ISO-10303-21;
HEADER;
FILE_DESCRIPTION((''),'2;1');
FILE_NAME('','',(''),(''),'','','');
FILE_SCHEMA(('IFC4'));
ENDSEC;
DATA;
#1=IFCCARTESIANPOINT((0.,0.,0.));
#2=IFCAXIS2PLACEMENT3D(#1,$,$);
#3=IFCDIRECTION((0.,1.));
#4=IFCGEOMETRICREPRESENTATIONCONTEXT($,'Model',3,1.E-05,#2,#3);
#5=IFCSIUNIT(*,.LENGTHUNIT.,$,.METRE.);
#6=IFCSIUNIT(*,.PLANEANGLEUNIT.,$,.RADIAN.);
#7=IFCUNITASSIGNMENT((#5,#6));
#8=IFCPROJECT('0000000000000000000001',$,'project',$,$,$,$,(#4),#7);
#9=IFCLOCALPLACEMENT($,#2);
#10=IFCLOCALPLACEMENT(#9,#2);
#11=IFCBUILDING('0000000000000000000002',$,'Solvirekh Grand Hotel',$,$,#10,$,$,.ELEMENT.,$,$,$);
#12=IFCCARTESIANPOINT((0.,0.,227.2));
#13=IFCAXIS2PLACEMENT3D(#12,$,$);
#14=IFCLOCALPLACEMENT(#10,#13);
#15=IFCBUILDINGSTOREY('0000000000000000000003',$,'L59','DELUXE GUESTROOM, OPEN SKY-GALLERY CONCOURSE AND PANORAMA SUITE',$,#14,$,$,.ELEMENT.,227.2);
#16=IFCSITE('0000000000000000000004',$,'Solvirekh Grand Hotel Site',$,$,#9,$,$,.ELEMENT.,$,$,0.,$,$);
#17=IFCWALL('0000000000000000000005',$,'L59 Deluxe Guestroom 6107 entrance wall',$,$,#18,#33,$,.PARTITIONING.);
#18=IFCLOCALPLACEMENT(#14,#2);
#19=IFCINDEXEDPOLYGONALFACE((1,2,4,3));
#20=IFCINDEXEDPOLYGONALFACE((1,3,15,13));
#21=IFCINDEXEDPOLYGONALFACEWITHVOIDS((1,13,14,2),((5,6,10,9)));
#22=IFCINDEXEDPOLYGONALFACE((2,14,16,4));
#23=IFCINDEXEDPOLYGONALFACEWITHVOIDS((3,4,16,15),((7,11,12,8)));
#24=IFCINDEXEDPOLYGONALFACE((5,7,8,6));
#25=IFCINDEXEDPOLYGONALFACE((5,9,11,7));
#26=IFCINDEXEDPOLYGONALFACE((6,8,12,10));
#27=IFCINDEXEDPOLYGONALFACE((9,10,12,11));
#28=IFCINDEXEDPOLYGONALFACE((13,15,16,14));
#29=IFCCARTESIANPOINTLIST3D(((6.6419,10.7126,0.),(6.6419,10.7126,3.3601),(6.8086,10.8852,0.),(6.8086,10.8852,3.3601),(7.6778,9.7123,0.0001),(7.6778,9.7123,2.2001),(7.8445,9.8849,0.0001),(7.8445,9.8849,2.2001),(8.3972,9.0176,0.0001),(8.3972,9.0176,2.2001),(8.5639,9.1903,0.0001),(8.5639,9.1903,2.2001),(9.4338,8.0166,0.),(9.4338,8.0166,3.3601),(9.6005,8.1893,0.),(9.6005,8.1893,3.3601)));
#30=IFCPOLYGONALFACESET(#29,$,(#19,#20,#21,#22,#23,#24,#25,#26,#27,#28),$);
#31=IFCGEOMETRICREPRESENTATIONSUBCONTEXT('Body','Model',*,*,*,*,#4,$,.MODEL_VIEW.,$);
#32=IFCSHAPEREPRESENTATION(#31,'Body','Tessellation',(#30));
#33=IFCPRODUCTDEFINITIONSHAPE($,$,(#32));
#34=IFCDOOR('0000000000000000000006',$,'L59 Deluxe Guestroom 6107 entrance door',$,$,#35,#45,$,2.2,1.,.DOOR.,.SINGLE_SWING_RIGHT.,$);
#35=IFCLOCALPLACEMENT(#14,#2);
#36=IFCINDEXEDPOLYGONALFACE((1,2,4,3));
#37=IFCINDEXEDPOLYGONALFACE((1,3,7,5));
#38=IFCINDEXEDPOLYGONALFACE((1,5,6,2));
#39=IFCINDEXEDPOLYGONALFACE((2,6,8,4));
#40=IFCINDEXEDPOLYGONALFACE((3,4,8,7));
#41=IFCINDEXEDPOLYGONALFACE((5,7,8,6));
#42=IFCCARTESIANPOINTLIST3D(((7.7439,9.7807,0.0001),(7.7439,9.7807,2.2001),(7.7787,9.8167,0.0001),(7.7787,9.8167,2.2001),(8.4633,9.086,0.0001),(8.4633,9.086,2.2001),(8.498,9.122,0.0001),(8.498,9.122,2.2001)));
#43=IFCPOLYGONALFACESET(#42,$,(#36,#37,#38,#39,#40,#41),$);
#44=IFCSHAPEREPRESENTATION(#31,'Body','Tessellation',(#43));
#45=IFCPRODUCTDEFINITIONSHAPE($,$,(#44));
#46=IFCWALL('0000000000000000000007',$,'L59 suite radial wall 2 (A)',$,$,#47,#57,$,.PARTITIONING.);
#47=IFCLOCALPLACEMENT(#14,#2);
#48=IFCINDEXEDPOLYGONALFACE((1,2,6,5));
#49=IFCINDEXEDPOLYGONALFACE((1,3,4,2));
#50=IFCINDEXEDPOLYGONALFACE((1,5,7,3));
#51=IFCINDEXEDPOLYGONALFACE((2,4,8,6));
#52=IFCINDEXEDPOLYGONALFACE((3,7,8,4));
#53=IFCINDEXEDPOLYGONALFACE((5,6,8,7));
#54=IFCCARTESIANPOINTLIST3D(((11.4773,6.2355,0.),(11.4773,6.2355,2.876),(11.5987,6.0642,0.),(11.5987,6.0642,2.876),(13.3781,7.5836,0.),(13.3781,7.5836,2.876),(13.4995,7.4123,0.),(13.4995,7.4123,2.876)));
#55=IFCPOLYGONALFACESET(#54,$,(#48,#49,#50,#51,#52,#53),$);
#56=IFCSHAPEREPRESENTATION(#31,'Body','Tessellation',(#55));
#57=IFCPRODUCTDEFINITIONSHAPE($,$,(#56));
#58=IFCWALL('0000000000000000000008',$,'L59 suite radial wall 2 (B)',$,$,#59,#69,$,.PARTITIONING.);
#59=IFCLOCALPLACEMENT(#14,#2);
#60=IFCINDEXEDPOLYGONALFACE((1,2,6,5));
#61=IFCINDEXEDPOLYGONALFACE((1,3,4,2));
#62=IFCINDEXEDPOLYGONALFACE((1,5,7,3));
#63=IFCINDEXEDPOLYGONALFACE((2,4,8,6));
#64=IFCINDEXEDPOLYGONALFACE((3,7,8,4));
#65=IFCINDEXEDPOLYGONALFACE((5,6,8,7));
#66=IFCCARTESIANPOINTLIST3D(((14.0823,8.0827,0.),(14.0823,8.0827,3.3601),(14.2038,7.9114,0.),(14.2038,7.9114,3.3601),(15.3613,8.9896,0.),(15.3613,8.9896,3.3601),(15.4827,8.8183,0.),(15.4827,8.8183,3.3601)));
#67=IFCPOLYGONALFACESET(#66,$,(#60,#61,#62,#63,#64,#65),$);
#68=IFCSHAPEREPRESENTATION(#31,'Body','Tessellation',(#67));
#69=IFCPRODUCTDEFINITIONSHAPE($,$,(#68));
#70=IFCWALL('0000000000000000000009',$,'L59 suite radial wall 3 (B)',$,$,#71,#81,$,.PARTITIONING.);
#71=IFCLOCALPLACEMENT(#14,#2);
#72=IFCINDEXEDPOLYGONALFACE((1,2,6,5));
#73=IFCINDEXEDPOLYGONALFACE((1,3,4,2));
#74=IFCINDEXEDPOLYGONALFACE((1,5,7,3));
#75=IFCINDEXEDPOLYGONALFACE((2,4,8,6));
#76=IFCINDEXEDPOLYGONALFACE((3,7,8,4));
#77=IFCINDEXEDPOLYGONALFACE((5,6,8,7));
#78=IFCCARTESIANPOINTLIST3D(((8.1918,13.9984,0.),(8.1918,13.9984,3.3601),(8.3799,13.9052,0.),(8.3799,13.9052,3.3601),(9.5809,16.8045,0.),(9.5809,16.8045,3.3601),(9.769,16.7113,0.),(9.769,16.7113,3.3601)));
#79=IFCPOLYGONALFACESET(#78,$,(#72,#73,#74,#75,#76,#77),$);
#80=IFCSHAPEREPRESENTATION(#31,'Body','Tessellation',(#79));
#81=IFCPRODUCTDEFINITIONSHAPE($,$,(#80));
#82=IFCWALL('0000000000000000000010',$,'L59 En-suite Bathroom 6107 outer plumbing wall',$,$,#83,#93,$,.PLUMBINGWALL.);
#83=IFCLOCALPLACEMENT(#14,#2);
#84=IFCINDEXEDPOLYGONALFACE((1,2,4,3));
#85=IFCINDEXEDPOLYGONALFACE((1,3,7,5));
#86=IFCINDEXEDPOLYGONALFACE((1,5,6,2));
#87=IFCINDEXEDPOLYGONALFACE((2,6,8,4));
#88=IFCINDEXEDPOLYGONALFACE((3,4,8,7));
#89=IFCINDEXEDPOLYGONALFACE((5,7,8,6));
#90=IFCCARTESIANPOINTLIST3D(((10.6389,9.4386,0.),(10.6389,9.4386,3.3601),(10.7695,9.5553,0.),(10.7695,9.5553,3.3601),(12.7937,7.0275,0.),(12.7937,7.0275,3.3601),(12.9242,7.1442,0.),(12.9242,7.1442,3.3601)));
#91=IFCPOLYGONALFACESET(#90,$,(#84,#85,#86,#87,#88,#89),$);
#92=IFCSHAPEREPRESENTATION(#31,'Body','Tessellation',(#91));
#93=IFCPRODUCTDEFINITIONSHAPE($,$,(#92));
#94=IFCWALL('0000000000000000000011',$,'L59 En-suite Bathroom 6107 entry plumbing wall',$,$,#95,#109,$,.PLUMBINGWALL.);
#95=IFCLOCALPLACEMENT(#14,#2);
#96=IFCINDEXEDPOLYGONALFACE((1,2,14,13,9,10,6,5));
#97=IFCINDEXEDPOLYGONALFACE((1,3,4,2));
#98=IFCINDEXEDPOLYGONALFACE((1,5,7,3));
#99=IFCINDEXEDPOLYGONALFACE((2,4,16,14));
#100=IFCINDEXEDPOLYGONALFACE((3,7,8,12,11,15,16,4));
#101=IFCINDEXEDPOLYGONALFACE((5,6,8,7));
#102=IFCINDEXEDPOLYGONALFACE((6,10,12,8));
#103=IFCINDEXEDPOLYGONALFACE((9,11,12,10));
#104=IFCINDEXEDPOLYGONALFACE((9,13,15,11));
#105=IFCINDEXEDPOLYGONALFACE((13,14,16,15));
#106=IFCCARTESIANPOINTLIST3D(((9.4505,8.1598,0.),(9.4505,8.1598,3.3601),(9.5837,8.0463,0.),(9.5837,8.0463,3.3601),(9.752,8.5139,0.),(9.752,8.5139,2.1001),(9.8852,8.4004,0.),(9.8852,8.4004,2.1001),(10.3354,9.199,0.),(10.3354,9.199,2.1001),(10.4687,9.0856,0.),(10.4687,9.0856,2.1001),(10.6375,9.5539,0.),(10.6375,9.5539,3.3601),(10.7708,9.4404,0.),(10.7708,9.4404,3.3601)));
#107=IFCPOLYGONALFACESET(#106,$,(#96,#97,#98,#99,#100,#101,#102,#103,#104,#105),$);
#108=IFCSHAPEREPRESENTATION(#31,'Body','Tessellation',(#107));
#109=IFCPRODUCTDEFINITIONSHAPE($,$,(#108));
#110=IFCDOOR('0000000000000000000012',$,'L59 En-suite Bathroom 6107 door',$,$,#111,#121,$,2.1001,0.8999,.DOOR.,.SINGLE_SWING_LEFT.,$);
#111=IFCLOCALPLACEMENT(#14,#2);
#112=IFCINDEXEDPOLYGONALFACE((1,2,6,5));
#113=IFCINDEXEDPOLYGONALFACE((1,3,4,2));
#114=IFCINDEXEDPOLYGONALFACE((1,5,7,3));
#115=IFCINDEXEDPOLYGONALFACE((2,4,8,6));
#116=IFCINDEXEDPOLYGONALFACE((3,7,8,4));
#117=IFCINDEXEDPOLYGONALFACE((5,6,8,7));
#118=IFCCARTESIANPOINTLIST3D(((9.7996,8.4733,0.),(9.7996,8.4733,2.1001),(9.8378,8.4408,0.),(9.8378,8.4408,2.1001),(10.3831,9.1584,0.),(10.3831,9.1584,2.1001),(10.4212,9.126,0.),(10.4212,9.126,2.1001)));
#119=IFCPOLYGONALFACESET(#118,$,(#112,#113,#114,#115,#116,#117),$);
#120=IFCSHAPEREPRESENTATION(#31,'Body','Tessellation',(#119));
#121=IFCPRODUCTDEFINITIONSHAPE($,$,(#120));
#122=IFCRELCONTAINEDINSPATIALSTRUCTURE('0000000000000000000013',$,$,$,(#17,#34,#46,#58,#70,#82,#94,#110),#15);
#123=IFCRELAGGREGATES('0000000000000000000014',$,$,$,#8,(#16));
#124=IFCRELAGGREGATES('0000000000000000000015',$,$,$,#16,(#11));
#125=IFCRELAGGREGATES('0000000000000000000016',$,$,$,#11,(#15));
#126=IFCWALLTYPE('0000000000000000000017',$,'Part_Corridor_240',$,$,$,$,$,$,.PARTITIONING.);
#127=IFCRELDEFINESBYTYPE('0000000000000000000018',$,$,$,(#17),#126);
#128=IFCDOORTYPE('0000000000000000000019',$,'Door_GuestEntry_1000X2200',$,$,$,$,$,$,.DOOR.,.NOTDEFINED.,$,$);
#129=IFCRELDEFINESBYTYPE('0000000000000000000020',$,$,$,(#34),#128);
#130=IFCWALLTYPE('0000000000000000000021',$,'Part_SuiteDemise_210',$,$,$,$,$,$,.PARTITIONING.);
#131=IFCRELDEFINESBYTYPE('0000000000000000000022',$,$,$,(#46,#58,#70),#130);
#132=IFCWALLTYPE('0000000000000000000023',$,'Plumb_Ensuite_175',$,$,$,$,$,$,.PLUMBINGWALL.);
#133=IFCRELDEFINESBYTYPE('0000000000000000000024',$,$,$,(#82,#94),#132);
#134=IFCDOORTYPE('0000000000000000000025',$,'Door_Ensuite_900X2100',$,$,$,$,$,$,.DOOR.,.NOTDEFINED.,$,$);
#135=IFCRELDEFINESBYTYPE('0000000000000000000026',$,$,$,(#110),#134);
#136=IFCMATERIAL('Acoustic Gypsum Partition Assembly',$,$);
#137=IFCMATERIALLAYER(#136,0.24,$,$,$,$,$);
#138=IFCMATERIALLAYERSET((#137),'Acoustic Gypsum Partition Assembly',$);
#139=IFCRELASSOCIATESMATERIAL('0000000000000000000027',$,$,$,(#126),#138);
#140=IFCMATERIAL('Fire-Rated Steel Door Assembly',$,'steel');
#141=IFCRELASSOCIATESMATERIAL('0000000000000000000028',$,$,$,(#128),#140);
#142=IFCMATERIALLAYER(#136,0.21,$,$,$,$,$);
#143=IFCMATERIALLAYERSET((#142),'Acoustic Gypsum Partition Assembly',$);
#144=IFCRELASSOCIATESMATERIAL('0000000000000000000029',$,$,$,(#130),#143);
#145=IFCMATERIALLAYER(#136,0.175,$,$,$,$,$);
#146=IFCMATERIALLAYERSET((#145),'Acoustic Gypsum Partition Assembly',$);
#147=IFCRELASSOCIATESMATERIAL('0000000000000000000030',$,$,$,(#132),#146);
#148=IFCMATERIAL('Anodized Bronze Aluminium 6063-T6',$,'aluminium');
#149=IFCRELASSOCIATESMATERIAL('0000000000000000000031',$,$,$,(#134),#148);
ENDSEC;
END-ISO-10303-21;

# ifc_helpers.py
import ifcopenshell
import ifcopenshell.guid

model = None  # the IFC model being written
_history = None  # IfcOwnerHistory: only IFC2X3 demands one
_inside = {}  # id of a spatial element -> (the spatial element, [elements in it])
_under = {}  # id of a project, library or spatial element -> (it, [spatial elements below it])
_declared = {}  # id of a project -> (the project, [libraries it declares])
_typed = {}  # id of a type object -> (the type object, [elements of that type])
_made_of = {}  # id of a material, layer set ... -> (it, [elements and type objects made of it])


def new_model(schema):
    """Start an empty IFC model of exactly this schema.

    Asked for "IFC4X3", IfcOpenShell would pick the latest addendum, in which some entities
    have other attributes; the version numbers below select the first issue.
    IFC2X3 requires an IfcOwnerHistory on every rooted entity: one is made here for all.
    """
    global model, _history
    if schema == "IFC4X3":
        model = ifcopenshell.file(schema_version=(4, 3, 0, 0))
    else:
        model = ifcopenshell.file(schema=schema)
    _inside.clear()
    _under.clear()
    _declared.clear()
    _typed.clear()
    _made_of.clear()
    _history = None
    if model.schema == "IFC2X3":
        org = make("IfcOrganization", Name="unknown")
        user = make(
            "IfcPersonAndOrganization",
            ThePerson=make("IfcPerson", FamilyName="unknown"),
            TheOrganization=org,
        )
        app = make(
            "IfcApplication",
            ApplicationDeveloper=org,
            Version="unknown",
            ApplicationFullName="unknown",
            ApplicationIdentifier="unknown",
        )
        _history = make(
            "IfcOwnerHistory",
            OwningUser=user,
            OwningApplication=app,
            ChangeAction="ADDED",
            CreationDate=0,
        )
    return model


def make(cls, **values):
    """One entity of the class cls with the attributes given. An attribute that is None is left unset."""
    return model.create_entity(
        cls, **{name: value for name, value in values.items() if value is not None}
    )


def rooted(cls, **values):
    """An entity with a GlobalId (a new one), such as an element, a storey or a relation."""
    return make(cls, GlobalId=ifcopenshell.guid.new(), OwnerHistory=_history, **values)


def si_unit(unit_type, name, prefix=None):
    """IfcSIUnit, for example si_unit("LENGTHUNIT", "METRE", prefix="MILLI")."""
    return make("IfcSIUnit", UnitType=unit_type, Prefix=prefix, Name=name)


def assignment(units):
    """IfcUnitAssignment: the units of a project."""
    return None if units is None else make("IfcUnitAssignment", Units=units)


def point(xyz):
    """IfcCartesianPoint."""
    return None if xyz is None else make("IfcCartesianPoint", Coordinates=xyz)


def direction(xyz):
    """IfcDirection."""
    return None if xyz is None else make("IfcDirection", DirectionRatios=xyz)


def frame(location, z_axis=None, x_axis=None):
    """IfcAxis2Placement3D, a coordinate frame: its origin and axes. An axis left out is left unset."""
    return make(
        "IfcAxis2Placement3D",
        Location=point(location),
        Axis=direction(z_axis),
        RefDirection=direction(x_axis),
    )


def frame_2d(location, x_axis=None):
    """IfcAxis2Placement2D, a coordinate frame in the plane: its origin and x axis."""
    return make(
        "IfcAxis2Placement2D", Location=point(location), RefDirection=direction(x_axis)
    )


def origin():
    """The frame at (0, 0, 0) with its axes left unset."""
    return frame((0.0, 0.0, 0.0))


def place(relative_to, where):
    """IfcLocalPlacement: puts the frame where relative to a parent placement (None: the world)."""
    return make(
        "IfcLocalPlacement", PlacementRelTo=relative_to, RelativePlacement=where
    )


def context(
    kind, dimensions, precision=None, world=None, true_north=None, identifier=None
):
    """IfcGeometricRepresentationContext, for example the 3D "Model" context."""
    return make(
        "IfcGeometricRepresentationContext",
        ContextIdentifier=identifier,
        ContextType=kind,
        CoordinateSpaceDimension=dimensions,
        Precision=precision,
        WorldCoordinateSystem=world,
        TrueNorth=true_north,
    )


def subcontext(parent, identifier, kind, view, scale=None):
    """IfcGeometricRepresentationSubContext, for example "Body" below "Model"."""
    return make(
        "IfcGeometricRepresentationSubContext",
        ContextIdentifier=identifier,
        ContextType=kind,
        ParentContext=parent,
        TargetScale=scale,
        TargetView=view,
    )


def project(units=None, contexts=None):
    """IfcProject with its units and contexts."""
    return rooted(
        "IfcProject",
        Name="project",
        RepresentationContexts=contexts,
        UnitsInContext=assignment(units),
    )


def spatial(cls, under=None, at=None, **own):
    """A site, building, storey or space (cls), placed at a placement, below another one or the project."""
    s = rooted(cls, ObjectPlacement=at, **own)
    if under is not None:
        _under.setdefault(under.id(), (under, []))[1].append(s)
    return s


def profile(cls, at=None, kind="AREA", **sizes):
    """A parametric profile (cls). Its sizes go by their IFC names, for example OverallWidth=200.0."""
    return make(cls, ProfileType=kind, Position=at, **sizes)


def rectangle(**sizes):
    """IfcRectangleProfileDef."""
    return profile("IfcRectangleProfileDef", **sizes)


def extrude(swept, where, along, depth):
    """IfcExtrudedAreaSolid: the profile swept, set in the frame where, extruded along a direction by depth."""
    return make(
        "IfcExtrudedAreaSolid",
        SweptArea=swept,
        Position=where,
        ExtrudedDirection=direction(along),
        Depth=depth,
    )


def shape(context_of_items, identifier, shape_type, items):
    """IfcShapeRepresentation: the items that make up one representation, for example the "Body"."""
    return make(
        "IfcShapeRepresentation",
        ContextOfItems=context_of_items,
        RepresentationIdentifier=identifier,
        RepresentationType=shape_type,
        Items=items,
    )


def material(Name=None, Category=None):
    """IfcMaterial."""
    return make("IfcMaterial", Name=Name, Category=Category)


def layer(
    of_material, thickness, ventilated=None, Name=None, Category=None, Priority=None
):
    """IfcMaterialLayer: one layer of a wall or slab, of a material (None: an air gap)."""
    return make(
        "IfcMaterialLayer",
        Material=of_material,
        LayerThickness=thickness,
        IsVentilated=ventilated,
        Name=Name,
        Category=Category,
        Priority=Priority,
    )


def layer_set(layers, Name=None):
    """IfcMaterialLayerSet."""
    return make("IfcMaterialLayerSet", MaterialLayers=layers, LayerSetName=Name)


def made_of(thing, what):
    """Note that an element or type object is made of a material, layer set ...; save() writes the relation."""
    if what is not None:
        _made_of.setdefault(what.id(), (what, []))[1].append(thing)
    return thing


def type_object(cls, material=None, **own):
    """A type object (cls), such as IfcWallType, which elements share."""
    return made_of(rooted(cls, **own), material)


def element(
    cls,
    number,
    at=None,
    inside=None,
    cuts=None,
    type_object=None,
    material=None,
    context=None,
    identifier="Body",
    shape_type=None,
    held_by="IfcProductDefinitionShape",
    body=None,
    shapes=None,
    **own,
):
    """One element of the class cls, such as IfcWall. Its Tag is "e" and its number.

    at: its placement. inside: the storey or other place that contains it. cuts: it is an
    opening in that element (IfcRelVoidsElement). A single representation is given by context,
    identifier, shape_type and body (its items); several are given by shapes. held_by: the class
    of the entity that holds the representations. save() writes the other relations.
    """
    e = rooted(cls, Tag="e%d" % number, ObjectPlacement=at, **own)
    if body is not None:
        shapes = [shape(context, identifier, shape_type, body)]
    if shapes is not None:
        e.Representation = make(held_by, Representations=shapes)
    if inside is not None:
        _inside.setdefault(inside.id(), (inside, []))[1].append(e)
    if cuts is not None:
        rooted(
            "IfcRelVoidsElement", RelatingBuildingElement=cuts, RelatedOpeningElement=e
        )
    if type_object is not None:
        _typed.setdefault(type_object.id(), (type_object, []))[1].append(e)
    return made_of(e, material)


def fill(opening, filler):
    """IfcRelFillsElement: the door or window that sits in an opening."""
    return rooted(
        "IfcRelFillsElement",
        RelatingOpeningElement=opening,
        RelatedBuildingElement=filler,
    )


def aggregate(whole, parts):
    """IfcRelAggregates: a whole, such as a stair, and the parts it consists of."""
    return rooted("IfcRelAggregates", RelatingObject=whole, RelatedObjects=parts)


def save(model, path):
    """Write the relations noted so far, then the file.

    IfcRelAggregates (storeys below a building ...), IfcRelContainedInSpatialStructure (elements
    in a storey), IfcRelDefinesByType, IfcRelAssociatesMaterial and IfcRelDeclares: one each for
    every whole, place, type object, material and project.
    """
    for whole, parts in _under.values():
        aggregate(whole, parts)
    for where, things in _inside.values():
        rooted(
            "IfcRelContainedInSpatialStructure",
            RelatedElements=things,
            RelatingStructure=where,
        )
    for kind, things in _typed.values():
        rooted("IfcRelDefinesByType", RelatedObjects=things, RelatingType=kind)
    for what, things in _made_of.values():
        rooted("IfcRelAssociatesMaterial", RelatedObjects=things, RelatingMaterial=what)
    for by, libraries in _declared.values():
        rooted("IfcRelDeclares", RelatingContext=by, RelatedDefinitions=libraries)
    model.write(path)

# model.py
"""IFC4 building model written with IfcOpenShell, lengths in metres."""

from ifc_helpers import new_model, si_unit, direction, frame, frame_2d, origin, place, context, subcontext, project, spatial, rectangle, extrude, material, layer, layer_set, type_object, element, fill, save


model = new_model("IFC4")

# Units and contexts
model_context = context("Model", 3, precision=1e-05, world=origin(), true_north=direction((0.0, 1.0)))
body_context = subcontext(model_context, "Body", "Model", "MODEL_VIEW")
ifc_project = project(units=[si_unit("LENGTHUNIT", "METRE"), si_unit("PLANEANGLEUNIT", "RADIAN")], contexts=[model_context])

# Site, building, storey
site_placement = place(None, origin())
site = spatial("IfcSite", under=ifc_project, at=site_placement, Name="Solvirekh Grand Hotel Site", CompositionType="ELEMENT", RefElevation=0.0)
building_placement = place(site_placement, origin())
building = spatial("IfcBuilding", under=site, at=building_placement, Name="Solvirekh Grand Hotel", CompositionType="ELEMENT")
storey_placement = place(building_placement, frame((0.0, 0.0, 227.2)))
storey = spatial("IfcBuildingStorey", under=building, at=storey_placement, Name="L59", Description="DELUXE GUESTROOM, OPEN SKY-GALLERY CONCOURSE AND PANORAMA SUITE", CompositionType="ELEMENT", Elevation=227.2)

# Shared definitions
ifc_material_1 = material(Name="Anodized Bronze Aluminium 6063-T6", Category="aluminium")

# Shared definitions
ifc_material_2 = material(Name="Acoustic Gypsum Partition Assembly")
ifc_layer_1 = layer(ifc_material_2, 0.24)
ifc_layer_set_1 = layer_set([ifc_layer_1], Name="Acoustic Gypsum Partition Assembly")
wall_type_1 = type_object("IfcWallType", Name="Part_Corridor_240", PredefinedType="PARTITIONING", material=ifc_layer_set_1)

# Wall, opening, door
wall_1_placement = place(storey_placement, frame((9.5171, 8.103, 0.0), z_axis=(0.0, 0.0, 1.0), x_axis=(-0.719359, 0.694638, 0.0)))
wall_1 = element("IfcWall", 1, at=wall_1_placement, inside=storey, type_object=wall_type_1, Name="L59 Deluxe Guestroom 6107 entrance wall", PredefinedType="PARTITIONING", context=body_context, shape_type="SweptSolid", body=[
    extrude(rectangle(XDim=3.8811, YDim=0.24, at=frame_2d((1.9404, 0.0))), origin(), (0.0, 0.0, 1.0), 3.3601),
])
opening_1_placement = place(wall_1_placement, frame((1.4409, 0.0, 0.0)))
opening_1 = element("IfcOpeningElement", 2, at=opening_1_placement, cuts=wall_1, PredefinedType="OPENING", context=body_context, shape_type="SweptSolid", body=[
    extrude(rectangle(XDim=1.0, YDim=2.2, at=frame_2d((0.5, 1.1001))), frame((0.0, 0.1299, 0.0), z_axis=(0.0, -1.0, 0.0), x_axis=(1.0, 0.0, 0.0)), (0.0, 0.0, 1.0), 0.26),
])
ifc_material_3 = material(Name="Fire-Rated Steel Door Assembly", Category="steel")
door_type_1 = type_object("IfcDoorType", Name="Door_GuestEntry_1000X2200", OperationType="NOTDEFINED", PredefinedType="DOOR", material=ifc_material_3)
door_1_placement = place(opening_1_placement, origin())
door_1 = element("IfcDoor", 3, at=door_1_placement, inside=storey, type_object=door_type_1, Name="L59 Deluxe Guestroom 6107 entrance door", OperationType="SINGLE_SWING_RIGHT", OverallHeight=2.2, OverallWidth=1.0, PredefinedType="DOOR", context=body_context, shape_type="SweptSolid", body=[
    extrude(rectangle(XDim=1.0, YDim=2.2, at=frame_2d((0.5, 1.1001))), frame((0.0, 0.0249, 0.0), z_axis=(0.0, -1.0, 0.0), x_axis=(1.0, 0.0, 0.0)), (0.0, 0.0, 1.0), 0.05),
])
fill(opening_1, door_1)

# Walls
ifc_layer_2 = layer(ifc_material_2, 0.21)
ifc_layer_set_2 = layer_set([ifc_layer_2], Name="Acoustic Gypsum Partition Assembly")
wall_type_2 = type_object("IfcWallType", Name="Part_SuiteDemise_210", PredefinedType="PARTITIONING", material=ifc_layer_set_2)
wall_2_placement = place(storey_placement, frame((11.5381, 6.1499, 0.0), z_axis=(0.0, 0.0, 1.0), x_axis=(0.815683, 0.5785, 0.0)))
element("IfcWall", 4, at=wall_2_placement, inside=storey, type_object=wall_type_2, Name="L59 suite radial wall 2 (A)", PredefinedType="PARTITIONING", context=body_context, shape_type="SweptSolid", body=[
    extrude(rectangle(XDim=2.3303, YDim=0.21, at=frame_2d((1.165, 0.0))), origin(), (0.0, 0.0, 1.0), 2.876),
])
wall_3_placement = place(storey_placement, frame((14.1431, 7.9971, 0.0), z_axis=(0.0, 0.0, 1.0), x_axis=(0.815728, 0.578436, 0.0)))
element("IfcWall", 5, at=wall_3_placement, inside=storey, type_object=wall_type_2, Name="L59 suite radial wall 2 (B)", PredefinedType="PARTITIONING", context=body_context, shape_type="SweptSolid", body=[
    extrude(rectangle(XDim=1.5679, YDim=0.21, at=frame_2d((0.7839, 0.0))), origin(), (0.0, 0.0, 1.0), 3.3601),
])
wall_4_placement = place(storey_placement, frame((8.2859, 13.9519, 0.0), z_axis=(0.0, 0.0, 1.0), x_axis=(0.443655, 0.896198, 0.0)))
element("IfcWall", 6, at=wall_4_placement, inside=storey, type_object=wall_type_2, Name="L59 suite radial wall 3 (B)", PredefinedType="PARTITIONING", context=body_context, shape_type="SweptSolid", body=[
    extrude(rectangle(XDim=3.1311, YDim=0.21, at=frame_2d((1.5654, 0.0))), origin(), (0.0, 0.0, 1.0), 3.3601),
])
ifc_layer_3 = layer(ifc_material_2, 0.175)
ifc_layer_set_3 = layer_set([ifc_layer_3], Name="Acoustic Gypsum Partition Assembly")
wall_type_3 = type_object("IfcWallType", Name="Plumb_Ensuite_175", PredefinedType="PLUMBINGWALL", material=ifc_layer_set_3)
wall_5_placement = place(storey_placement, frame((12.8589, 7.0859, 0.0), z_axis=(0.0, 0.0, 1.0), x_axis=(-0.666358, 0.745632, 0.0)))
element("IfcWall", 7, at=wall_5_placement, inside=storey, type_object=wall_type_3, Name="L59 En-suite Bathroom 6107 outer plumbing wall", PredefinedType="PLUMBINGWALL", context=body_context, shape_type="SweptSolid", body=[
    extrude(rectangle(XDim=3.2336, YDim=0.175, at=frame_2d((1.6167, 0.0))), origin(), (0.0, 0.0, 1.0), 3.3601),
])

# Wall, opening, door
wall_6_placement = place(storey_placement, frame((9.5171, 8.103, 0.0), z_axis=(0.0, 0.0, 1.0), x_axis=(0.648306, 0.76138, 0.0)))
wall_6 = element("IfcWall", 8, at=wall_6_placement, inside=storey, type_object=wall_type_3, Name="L59 En-suite Bathroom 6107 entry plumbing wall", PredefinedType="PLUMBINGWALL", context=body_context, shape_type="SweptSolid", body=[
    extrude(rectangle(XDim=1.8311, YDim=0.175, at=frame_2d((0.9155, 0.0))), origin(), (0.0, 0.0, 1.0), 3.3601),
])
opening_2_placement = place(wall_6_placement, frame((0.4651, 0.0, 0.0)))
opening_2 = element("IfcOpeningElement", 9, at=opening_2_placement, cuts=wall_6, PredefinedType="OPENING", context=body_context, shape_type="SweptSolid", body=[
    extrude(rectangle(XDim=0.8999, YDim=2.1001, at=frame_2d((0.45, 1.05))), frame((0.0, 0.0977, 0.0), z_axis=(0.0, -1.0, 0.0), x_axis=(1.0, 0.0, 0.0)), (0.0, 0.0, 1.0), 0.1951),
])
door_type_2 = type_object("IfcDoorType", Name="Door_Ensuite_900X2100", OperationType="NOTDEFINED", PredefinedType="DOOR", material=ifc_material_1)
door_2_placement = place(opening_2_placement, origin())
door_2 = element("IfcDoor", 10, at=door_2_placement, inside=storey, type_object=door_type_2, Name="L59 En-suite Bathroom 6107 door", OperationType="SINGLE_SWING_LEFT", OverallHeight=2.1001, OverallWidth=0.8999, PredefinedType="DOOR", context=body_context, shape_type="SweptSolid", body=[
    extrude(rectangle(XDim=0.8999, YDim=2.1001, at=frame_2d((0.45, 1.05))), frame((0.0, 0.0249, 0.0), z_axis=(0.0, -1.0, 0.0), x_axis=(1.0, 0.0, 0.0)), (0.0, 0.0, 1.0), 0.05),
])
fill(opening_2, door_2)

save(model, "model.ifc")
